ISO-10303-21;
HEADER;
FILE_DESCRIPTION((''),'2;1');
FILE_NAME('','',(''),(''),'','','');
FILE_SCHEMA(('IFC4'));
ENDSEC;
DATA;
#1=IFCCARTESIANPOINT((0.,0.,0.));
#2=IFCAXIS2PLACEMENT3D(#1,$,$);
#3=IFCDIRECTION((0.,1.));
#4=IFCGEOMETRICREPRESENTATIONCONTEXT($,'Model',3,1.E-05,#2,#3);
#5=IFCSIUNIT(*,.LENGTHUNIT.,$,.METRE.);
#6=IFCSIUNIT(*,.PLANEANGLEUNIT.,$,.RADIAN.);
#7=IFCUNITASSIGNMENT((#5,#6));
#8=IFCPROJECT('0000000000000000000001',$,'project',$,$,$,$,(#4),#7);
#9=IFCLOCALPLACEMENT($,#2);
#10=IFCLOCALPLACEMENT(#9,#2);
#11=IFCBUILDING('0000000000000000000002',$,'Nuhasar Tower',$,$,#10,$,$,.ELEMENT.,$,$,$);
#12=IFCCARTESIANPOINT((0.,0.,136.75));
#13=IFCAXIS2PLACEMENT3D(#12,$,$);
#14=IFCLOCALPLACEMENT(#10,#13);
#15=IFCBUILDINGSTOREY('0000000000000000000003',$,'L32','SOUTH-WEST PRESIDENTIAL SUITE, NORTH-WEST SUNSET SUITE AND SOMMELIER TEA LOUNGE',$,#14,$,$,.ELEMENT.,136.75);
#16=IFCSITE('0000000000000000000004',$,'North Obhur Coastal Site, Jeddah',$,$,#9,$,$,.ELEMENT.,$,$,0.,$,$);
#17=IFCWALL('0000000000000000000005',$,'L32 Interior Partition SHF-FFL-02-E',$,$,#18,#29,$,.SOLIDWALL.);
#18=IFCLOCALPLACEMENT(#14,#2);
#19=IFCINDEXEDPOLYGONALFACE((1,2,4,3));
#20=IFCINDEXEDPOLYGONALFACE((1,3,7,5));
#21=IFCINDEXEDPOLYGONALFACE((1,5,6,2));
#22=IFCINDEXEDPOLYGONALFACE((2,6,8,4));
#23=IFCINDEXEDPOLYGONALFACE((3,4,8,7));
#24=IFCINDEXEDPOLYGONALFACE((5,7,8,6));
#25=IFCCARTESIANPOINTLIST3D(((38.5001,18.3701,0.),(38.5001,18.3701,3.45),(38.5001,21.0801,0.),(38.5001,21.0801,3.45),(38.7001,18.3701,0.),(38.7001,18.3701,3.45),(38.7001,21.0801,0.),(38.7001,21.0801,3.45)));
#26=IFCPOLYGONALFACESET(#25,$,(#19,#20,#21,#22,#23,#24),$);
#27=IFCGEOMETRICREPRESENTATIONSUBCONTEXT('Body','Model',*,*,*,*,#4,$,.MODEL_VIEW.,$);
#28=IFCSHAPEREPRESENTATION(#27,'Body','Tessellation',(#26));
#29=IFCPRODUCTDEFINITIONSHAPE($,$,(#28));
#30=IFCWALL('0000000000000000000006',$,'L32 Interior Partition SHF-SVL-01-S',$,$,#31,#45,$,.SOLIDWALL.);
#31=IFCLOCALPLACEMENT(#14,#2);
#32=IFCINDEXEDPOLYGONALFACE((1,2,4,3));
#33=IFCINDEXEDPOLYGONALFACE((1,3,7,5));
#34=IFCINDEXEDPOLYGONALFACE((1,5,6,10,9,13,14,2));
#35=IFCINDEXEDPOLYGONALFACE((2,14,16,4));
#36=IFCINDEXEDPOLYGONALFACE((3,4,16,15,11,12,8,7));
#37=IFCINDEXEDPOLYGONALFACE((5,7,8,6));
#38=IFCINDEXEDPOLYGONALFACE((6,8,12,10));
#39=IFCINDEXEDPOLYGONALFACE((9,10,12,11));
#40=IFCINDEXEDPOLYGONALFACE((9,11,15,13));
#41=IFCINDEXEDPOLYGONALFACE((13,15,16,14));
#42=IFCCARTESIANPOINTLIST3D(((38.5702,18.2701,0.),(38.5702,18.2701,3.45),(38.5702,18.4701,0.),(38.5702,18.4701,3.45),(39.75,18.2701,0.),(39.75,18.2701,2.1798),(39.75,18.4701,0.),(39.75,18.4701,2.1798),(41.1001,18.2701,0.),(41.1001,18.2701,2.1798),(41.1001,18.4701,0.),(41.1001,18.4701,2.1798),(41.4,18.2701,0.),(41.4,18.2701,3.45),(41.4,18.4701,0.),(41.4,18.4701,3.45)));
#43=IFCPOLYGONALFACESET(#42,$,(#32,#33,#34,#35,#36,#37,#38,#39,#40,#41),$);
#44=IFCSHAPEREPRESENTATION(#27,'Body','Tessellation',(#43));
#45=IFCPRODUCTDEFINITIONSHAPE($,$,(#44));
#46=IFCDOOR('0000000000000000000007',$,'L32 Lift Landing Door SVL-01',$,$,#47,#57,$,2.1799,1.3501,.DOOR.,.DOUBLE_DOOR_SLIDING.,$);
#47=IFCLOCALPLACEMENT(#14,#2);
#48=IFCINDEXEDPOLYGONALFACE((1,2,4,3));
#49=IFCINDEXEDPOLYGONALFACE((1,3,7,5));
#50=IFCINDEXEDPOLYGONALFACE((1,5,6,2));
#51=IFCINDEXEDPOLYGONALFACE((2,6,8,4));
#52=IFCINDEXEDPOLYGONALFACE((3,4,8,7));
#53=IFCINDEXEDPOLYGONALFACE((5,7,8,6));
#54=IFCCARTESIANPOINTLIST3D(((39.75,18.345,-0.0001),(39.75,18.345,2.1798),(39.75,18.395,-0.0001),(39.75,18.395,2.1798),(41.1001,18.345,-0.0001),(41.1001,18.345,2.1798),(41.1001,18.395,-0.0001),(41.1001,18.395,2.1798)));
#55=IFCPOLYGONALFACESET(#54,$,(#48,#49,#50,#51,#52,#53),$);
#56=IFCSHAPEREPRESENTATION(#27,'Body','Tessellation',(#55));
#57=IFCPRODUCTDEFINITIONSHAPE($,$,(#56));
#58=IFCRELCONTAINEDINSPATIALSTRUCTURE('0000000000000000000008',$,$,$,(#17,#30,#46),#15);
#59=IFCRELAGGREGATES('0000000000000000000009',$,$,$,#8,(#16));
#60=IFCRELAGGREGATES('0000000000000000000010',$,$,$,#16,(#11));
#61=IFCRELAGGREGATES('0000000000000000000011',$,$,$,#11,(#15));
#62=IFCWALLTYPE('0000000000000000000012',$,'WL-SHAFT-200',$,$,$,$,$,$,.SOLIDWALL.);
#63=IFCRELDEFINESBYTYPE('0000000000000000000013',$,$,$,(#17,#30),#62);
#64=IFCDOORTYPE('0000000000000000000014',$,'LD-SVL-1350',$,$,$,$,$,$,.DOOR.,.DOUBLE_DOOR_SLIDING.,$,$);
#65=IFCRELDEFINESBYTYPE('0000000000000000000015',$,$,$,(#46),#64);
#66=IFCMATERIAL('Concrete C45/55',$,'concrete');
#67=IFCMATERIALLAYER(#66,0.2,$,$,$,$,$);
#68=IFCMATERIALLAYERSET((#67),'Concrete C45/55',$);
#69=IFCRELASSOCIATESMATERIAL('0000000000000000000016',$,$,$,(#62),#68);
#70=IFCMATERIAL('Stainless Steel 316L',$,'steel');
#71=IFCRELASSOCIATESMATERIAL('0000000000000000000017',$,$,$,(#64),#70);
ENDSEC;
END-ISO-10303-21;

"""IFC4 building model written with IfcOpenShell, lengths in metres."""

from ifc_helpers import new_model, si_unit, direction, frame, frame_2d, origin, place, context, subcontext, project, spatial, rectangle, extrude, material, layer, layer_set, type_object, element, fill, save


model = new_model("IFC4")

# Units and contexts
model_context = context("Model", 3, precision=1e-05, world=origin(), true_north=direction((0.0, 1.0)))
body_context = subcontext(model_context, "Body", "Model", "MODEL_VIEW")
ifc_project = project(units=[si_unit("LENGTHUNIT", "METRE"), si_unit("PLANEANGLEUNIT", "RADIAN")], contexts=[model_context])

# Site, building, storey
site_placement = place(None, origin())
site = spatial("IfcSite", under=ifc_project, at=site_placement, Name="North Obhur Coastal Site, Jeddah", CompositionType="ELEMENT", RefElevation=0.0)
building_placement = place(site_placement, origin())
building = spatial("IfcBuilding", under=site, at=building_placement, Name="Nuhasar Tower", CompositionType="ELEMENT")
storey_placement = place(building_placement, frame((0.0, 0.0, 136.75)))
storey = spatial("IfcBuildingStorey", under=building, at=storey_placement, Name="L32", Description="SOUTH-WEST PRESIDENTIAL SUITE, NORTH-WEST SUNSET SUITE AND SOMMELIER TEA LOUNGE", CompositionType="ELEMENT", Elevation=136.75)

# Shared definitions
ifc_material_1 = material(Name="Concrete C45/55", Category="concrete")

# Shared definitions
ifc_layer_1 = layer(ifc_material_1, 0.2)
ifc_layer_set_1 = layer_set([ifc_layer_1], Name="Concrete C45/55")
wall_type_1 = type_object("IfcWallType", Name="WL-SHAFT-200", PredefinedType="SOLIDWALL", material=ifc_layer_set_1)

# Shared definitions
ifc_material_2 = material(Name="Stainless Steel 316L", Category="steel")

# Wall
wall_1_placement = place(storey_placement, frame((38.6001, 18.3701, 0.0), z_axis=(0.0, 0.0, 1.0), x_axis=(0.0, 1.0, 0.0)))
element("IfcWall", 1, at=wall_1_placement, inside=storey, type_object=wall_type_1, Name="L32 Interior Partition SHF-FFL-02-E", PredefinedType="SOLIDWALL", context=body_context, shape_type="SweptSolid", body=[
    extrude(rectangle(XDim=2.71, YDim=0.2, at=frame_2d((1.355, 0.0))), origin(), (0.0, 0.0, 1.0), 3.45),
])

# Wall, opening, door
wall_2_placement = place(storey_placement, frame((38.5701, 18.3701, 0.0), z_axis=(0.0, 0.0, 1.0), x_axis=(1.0, 0.0, 0.0)))
wall_2 = element("IfcWall", 2, at=wall_2_placement, inside=storey, type_object=wall_type_1, Name="L32 Interior Partition SHF-SVL-01-S", PredefinedType="SOLIDWALL", context=body_context, shape_type="SweptSolid", body=[
    extrude(rectangle(XDim=2.8298, YDim=0.2, at=frame_2d((1.415, 0.0))), origin(), (0.0, 0.0, 1.0), 3.45),
])
opening_1_placement = place(wall_2_placement, frame((1.1799, 0.0, 0.0)))
opening_1 = element("IfcOpeningElement", 3, at=opening_1_placement, cuts=wall_2, PredefinedType="OPENING", context=body_context, shape_type="SweptSolid", body=[
    extrude(rectangle(XDim=1.3501, YDim=2.1799, at=frame_2d((0.675, 1.0898))), frame((0.0, 0.1099, 0.0), z_axis=(0.0, -1.0, 0.0), x_axis=(1.0, 0.0, 0.0)), (0.0, 0.0, 1.0), 0.22),
])
door_type_1 = type_object("IfcDoorType", Name="LD-SVL-1350", OperationType="DOUBLE_DOOR_SLIDING", PredefinedType="DOOR", material=ifc_material_2)
door_1_placement = place(opening_1_placement, origin())
door_1 = element("IfcDoor", 4, at=door_1_placement, inside=storey, type_object=door_type_1, Name="L32 Lift Landing Door SVL-01", OperationType="DOUBLE_DOOR_SLIDING", OverallHeight=2.1799, OverallWidth=1.3501, PredefinedType="DOOR", context=body_context, shape_type="SweptSolid", body=[
    extrude(rectangle(XDim=1.3501, YDim=2.1799, at=frame_2d((0.675, 1.0898))), frame((0.0, 0.0249, 0.0), z_axis=(0.0, -1.0, 0.0), x_axis=(1.0, 0.0, 0.0)), (0.0, 0.0, 1.0), 0.05),
])
fill(opening_1, door_1)

save(model, "model.ifc")
